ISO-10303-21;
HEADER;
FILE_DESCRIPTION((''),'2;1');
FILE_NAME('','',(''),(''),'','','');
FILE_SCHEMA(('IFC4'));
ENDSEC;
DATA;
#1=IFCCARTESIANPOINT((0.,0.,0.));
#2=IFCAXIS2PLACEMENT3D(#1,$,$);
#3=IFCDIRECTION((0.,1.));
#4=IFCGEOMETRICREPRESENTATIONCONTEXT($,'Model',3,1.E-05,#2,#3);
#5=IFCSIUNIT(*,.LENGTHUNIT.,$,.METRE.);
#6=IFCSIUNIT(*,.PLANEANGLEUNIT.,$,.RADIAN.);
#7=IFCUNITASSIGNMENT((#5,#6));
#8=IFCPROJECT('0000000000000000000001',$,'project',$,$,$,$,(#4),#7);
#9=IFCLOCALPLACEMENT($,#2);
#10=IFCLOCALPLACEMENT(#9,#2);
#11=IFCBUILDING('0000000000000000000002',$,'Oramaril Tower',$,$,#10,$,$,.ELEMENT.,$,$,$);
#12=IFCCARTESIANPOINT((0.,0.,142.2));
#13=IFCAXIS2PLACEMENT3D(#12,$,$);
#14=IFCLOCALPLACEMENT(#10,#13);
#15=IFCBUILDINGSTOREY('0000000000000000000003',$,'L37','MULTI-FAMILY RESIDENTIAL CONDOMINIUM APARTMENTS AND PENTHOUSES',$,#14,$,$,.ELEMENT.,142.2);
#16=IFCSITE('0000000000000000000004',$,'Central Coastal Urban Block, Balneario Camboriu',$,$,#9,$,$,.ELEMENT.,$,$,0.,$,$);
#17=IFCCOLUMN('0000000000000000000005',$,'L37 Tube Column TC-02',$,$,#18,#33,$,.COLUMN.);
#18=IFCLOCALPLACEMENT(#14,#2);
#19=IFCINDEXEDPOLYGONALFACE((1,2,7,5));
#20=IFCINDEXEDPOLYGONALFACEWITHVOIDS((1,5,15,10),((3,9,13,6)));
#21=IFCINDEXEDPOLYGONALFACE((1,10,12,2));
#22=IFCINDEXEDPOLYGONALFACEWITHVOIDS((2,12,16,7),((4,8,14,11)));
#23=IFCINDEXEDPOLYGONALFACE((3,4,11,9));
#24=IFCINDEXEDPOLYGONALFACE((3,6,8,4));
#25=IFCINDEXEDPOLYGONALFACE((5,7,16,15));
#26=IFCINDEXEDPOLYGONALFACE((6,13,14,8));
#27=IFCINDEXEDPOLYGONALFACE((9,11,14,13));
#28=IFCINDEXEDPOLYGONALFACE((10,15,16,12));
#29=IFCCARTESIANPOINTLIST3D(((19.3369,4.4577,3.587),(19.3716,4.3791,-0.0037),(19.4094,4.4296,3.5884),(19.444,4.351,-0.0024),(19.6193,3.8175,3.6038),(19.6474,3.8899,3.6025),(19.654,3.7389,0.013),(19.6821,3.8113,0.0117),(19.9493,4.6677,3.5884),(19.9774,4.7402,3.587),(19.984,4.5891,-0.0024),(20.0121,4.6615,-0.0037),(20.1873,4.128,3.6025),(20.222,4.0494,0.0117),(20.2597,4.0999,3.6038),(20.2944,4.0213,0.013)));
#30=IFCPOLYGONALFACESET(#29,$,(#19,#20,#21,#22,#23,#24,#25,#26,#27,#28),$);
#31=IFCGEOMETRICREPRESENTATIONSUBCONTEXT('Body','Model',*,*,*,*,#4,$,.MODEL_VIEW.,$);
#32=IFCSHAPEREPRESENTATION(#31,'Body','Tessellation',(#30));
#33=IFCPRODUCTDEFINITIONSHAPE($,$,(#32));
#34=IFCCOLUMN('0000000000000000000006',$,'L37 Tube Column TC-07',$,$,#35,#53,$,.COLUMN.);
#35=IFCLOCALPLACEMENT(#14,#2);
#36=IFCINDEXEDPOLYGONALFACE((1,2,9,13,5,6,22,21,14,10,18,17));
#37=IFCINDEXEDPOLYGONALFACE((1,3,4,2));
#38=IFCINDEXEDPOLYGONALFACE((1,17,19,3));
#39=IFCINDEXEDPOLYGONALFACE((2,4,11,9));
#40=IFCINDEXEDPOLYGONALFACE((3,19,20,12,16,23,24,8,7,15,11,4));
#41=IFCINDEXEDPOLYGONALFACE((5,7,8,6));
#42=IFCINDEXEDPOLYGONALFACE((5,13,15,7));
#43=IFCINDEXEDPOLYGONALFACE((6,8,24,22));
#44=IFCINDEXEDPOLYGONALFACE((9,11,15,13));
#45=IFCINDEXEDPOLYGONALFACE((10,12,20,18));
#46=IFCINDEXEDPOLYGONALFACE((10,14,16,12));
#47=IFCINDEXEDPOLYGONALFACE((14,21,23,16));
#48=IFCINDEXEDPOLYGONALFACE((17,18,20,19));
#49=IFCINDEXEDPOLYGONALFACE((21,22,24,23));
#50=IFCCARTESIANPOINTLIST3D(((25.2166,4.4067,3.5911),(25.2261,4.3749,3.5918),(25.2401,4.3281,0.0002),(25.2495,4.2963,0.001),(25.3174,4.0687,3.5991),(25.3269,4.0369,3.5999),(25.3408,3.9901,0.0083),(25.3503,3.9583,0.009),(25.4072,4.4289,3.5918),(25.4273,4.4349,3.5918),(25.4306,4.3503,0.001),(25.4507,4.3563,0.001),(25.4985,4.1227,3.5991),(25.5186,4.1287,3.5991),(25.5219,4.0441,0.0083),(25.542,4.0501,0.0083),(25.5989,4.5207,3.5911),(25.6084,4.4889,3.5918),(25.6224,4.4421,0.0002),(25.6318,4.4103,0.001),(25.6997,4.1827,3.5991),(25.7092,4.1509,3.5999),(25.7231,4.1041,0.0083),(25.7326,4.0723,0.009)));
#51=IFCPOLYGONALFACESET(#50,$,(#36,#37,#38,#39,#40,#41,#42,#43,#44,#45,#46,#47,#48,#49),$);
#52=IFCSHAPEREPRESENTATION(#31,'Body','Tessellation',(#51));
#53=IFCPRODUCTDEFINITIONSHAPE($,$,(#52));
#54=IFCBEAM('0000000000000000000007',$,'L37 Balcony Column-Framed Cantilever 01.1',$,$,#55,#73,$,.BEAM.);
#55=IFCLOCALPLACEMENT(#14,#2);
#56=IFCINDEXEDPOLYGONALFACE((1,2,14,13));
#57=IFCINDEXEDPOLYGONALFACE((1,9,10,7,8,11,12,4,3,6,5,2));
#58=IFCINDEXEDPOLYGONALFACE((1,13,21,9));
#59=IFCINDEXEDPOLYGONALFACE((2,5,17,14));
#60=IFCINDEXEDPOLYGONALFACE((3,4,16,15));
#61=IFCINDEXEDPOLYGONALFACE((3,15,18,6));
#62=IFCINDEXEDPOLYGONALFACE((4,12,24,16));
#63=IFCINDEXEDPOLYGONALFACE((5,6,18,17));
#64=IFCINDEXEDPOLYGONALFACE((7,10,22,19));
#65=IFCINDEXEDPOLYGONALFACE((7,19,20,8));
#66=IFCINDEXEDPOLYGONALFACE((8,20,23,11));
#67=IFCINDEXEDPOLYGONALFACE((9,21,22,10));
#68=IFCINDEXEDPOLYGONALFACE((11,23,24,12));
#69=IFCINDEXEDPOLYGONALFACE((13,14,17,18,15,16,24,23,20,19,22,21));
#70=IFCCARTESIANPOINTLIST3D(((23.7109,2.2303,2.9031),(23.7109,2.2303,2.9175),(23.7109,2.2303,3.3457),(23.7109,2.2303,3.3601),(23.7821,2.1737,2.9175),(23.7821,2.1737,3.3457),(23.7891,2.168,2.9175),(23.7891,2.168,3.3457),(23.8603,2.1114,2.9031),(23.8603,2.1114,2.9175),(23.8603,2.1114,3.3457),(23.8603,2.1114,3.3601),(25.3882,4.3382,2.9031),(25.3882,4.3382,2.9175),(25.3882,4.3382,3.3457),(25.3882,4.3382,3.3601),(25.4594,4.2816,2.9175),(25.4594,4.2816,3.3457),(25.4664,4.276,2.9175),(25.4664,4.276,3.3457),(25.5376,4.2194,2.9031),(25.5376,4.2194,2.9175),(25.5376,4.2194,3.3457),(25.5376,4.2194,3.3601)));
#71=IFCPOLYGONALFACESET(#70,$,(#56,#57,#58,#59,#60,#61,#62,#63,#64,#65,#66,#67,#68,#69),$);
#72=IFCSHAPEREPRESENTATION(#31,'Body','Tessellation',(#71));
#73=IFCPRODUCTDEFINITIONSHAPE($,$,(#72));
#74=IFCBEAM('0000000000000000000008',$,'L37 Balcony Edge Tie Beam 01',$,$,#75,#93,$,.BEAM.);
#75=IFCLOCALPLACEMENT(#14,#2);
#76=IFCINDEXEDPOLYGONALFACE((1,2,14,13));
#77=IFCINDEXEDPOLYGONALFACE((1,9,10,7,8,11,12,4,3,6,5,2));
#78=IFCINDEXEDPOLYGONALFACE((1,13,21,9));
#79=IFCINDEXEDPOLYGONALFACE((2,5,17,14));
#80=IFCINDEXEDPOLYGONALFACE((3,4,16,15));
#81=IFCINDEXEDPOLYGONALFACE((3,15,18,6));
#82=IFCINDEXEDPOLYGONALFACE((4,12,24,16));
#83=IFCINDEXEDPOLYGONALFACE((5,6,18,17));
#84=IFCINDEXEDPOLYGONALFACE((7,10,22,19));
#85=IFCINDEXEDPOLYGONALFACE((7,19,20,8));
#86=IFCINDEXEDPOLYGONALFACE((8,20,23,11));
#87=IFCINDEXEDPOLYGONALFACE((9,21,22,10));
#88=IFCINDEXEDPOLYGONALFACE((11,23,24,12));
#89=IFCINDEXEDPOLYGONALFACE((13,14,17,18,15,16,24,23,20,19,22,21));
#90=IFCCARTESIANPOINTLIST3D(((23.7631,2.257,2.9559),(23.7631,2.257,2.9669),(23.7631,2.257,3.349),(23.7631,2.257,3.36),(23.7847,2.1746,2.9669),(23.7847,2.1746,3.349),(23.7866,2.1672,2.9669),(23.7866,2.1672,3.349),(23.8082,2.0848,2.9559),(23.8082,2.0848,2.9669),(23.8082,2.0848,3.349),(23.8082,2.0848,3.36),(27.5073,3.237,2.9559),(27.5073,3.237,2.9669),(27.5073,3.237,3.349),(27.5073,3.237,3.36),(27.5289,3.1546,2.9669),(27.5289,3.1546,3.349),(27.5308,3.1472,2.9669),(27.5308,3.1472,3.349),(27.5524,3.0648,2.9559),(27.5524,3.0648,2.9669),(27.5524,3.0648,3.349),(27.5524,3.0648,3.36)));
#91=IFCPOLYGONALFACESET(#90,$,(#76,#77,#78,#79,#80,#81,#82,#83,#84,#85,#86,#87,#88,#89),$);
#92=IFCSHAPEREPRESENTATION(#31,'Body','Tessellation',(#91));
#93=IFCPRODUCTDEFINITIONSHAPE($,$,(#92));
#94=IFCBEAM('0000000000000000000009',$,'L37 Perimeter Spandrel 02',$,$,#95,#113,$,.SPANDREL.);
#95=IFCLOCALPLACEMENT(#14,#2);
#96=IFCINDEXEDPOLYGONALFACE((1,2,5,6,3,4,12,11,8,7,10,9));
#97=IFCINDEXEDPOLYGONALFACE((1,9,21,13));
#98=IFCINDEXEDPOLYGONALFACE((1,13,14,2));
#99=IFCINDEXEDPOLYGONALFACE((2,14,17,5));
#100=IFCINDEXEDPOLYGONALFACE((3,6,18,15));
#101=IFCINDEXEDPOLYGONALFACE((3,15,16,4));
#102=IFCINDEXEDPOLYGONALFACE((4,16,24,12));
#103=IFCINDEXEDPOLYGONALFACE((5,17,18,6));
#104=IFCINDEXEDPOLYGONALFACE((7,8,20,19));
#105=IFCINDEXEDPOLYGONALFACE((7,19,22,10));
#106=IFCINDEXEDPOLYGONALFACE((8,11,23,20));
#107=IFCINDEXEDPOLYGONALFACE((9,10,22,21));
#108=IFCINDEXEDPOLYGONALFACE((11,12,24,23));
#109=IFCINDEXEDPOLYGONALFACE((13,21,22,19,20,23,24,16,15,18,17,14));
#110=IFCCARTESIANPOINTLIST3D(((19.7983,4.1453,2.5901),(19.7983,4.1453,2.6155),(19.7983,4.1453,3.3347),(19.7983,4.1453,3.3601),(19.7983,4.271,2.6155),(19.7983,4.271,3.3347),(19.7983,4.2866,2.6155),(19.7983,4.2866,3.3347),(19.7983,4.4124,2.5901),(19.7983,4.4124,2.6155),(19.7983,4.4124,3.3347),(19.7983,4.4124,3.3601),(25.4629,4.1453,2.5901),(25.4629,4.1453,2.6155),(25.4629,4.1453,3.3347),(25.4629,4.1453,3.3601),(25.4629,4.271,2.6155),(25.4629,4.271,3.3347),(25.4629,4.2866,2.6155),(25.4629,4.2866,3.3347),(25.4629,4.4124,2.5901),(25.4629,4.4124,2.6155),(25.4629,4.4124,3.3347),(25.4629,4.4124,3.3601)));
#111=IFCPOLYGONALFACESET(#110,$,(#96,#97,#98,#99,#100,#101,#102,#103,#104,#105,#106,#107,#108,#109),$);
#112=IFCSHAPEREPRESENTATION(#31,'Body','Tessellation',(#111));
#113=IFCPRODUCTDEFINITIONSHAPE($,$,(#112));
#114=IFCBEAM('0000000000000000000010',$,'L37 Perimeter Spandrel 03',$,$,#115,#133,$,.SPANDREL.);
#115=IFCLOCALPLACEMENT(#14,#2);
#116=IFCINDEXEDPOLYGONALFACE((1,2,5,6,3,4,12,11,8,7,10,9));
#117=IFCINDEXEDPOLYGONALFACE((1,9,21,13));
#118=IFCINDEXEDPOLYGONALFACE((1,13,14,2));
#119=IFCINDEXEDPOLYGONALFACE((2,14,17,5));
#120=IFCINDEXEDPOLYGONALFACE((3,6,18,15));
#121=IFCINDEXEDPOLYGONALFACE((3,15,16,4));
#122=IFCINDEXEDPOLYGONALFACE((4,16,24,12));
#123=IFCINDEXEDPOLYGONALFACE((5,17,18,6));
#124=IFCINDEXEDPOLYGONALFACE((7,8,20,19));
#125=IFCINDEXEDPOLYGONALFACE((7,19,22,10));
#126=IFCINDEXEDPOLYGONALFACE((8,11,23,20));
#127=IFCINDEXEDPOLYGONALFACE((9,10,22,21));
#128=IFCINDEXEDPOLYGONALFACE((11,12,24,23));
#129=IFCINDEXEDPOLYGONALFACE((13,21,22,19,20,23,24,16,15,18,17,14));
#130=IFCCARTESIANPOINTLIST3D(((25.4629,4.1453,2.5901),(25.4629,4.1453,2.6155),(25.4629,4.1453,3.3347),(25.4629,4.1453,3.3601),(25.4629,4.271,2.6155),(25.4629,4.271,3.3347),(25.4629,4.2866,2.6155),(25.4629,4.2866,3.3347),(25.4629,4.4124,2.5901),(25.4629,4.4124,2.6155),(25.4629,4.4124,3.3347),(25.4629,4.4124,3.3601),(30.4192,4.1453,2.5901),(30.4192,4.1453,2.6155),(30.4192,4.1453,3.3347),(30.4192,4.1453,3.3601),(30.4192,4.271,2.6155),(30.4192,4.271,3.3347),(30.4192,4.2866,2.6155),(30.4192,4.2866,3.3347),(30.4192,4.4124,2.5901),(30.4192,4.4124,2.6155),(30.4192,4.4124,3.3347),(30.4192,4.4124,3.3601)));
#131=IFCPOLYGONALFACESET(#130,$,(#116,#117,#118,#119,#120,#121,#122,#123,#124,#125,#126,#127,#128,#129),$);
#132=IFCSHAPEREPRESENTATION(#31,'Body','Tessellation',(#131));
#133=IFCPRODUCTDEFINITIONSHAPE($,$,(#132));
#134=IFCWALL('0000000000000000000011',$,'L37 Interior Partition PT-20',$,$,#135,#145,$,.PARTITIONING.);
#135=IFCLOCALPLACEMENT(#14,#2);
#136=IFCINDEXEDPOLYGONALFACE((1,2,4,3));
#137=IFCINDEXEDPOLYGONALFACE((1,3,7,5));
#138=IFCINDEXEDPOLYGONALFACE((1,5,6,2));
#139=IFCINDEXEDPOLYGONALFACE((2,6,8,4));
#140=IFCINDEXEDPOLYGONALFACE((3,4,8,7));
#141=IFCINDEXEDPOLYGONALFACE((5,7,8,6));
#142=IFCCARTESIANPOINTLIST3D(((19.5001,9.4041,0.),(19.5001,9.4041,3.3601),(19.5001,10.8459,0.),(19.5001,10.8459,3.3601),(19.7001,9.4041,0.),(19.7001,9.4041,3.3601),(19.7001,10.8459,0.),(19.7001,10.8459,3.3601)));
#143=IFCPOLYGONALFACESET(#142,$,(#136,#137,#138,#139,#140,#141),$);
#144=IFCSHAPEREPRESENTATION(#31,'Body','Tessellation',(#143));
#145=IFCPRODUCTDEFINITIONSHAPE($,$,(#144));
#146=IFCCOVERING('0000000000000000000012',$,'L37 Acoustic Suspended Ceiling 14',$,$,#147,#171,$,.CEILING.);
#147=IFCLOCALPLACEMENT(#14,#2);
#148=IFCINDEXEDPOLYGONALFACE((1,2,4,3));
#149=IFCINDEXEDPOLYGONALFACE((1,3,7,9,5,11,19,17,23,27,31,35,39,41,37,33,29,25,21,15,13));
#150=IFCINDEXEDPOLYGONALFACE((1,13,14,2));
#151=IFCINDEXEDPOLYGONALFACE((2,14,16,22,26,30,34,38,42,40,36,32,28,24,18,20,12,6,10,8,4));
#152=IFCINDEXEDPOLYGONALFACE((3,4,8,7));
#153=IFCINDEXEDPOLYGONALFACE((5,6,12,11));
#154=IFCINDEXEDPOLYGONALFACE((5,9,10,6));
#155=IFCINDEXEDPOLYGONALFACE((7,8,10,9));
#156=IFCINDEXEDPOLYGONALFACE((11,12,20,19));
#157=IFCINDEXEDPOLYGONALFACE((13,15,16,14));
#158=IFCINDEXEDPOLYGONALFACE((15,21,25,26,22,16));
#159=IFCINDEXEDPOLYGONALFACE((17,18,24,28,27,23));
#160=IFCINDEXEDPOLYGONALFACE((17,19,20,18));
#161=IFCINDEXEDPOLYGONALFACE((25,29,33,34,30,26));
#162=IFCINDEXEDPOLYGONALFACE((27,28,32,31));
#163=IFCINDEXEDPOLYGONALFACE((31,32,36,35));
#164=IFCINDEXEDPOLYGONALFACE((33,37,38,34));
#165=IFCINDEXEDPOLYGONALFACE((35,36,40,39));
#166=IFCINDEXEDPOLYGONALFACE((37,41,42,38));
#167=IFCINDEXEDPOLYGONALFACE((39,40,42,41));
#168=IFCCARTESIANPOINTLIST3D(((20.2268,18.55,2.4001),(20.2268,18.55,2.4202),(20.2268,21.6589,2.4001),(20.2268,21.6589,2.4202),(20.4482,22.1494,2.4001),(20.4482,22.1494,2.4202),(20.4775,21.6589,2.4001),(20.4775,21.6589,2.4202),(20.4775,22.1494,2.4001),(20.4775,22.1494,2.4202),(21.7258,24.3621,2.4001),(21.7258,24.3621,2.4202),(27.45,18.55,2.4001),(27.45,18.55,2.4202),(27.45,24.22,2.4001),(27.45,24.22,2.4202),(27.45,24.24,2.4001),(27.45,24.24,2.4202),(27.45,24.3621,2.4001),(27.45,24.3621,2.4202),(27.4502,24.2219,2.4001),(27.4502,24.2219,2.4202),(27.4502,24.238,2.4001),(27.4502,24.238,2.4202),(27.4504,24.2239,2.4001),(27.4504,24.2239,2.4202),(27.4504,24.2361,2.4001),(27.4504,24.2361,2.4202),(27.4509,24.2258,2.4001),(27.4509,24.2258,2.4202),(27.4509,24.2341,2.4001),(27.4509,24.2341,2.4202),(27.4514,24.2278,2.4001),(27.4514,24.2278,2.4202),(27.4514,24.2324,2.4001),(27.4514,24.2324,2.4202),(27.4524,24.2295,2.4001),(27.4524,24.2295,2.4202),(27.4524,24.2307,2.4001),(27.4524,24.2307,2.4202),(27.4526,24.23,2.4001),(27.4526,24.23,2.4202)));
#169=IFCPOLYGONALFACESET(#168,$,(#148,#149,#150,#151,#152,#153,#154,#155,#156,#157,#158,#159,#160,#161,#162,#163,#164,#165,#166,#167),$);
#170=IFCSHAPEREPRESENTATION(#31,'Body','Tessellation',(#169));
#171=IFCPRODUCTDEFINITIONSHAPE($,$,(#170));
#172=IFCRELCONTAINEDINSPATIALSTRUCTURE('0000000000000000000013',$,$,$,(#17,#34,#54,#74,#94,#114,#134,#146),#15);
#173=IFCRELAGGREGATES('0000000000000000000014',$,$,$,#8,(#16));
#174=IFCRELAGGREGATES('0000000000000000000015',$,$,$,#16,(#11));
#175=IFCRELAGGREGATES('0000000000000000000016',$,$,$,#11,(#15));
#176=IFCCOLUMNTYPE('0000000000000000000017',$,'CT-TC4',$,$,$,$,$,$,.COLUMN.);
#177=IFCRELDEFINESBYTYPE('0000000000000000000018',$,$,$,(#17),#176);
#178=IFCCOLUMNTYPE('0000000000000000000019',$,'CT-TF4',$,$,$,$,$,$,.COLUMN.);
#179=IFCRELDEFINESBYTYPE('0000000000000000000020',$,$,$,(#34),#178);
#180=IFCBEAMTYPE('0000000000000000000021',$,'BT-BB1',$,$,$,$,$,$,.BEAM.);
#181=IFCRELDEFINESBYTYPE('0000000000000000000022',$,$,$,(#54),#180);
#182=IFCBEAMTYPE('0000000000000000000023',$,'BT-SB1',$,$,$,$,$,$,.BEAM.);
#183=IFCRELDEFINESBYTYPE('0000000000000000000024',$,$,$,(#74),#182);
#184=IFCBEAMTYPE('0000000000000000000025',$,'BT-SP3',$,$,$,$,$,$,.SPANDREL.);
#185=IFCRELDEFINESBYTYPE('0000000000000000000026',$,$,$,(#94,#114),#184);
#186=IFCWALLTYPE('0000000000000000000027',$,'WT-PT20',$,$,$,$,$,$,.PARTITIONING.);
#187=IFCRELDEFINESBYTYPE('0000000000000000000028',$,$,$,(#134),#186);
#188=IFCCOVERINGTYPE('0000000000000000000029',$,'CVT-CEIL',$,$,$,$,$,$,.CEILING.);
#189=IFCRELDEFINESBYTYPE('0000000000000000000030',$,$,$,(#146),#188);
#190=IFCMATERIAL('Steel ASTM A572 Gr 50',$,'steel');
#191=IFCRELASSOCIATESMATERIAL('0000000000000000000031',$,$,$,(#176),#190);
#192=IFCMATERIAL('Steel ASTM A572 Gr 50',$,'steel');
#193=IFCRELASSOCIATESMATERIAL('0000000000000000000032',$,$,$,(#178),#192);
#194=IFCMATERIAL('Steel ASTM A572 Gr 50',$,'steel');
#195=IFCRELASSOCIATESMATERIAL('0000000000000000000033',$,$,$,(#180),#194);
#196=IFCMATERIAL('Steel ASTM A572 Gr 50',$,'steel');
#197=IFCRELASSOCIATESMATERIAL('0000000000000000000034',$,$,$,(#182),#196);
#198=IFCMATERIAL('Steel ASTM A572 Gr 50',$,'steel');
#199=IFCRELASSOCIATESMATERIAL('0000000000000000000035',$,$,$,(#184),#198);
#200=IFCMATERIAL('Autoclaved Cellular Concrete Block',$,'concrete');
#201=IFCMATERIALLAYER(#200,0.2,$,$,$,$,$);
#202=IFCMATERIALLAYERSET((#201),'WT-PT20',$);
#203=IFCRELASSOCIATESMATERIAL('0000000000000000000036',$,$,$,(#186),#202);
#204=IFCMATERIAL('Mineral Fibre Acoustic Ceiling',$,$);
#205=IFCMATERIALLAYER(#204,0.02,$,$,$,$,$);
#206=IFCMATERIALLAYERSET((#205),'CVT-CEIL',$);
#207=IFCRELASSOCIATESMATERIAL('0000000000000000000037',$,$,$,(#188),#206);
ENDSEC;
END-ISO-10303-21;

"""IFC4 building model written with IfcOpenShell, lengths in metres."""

from ifc_helpers import new_model, si_unit, direction, frame, frame_2d, origin, origin_2d, place, context, subcontext, project, spatial, polyline, rectangle, hollow_rectangle, i_section, outline, extrude, material, layer, layer_set, material_profile, profile_set, type_object, element, save


model = new_model("IFC4")

# Units and contexts
model_context = context("Model", 3, precision=1e-05, world=origin(), true_north=direction((0.0, 1.0)))
body_context = subcontext(model_context, "Body", "Model", "MODEL_VIEW")
ifc_project = project(units=[si_unit("LENGTHUNIT", "METRE"), si_unit("PLANEANGLEUNIT", "RADIAN")], contexts=[model_context])

# Site, building, storey
site_placement = place(None, origin())
site = spatial("IfcSite", under=ifc_project, at=site_placement, Name="Central Coastal Urban Block, Balneario Camboriu", CompositionType="ELEMENT", RefElevation=0.0)
building_placement = place(site_placement, origin())
building = spatial("IfcBuilding", under=site, at=building_placement, Name="Oramaril Tower", CompositionType="ELEMENT")
storey_placement = place(building_placement, frame((0.0, 0.0, 142.2)))
storey = spatial("IfcBuildingStorey", under=building, at=storey_placement, Name="L37", Description="MULTI-FAMILY RESIDENTIAL CONDOMINIUM APARTMENTS AND PENTHOUSES", CompositionType="ELEMENT", Elevation=142.2)

# Columns
ifc_material_1 = material(Name="Steel ASTM A572 Gr 50", Category="steel")
ifc_material_profile_1 = material_profile(ifc_material_1, hollow_rectangle(XDim=0.7, YDim=0.7, WallThickness=0.0549, at=origin_2d()), Name="BOX700X700X55")
ifc_profile_set_1 = profile_set([ifc_material_profile_1], Name="Steel ASTM A572 Gr 50")
column_type_1 = type_object("IfcColumnType", Name="CT-TC4", PredefinedType="COLUMN", material=ifc_profile_set_1)
column_1_placement = place(storey_placement, frame((19.833, 4.2002, 0.0046), z_axis=(-0.009652, 0.021887, 0.999714), x_axis=(-0.91498, -0.4035, 0.0)))
element("IfcColumn", 1, at=column_1_placement, inside=storey, type_object=column_type_1, Name="L37 Tube Column TC-02", PredefinedType="COLUMN", context=body_context, shape_type="SweptSolid", body=[
    extrude(hollow_rectangle(XDim=0.7, YDim=0.7, WallThickness=0.0549, at=origin_2d()), origin(), (0.0, 0.0, 1.0), 3.5918),
])
ifc_material_2 = material(Name="Steel ASTM A572 Gr 50", Category="steel")
ifc_material_profile_2 = material_profile(ifc_material_2, i_section(OverallWidth=0.3989, OverallDepth=0.386, WebThickness=0.021, FlangeThickness=0.0332, at=origin_2d()), Name="W14X176")
ifc_profile_set_2 = profile_set([ifc_material_profile_2], Name="Steel ASTM A572 Gr 50")
column_type_2 = type_object("IfcColumnType", Name="CT-TF4", PredefinedType="COLUMN", material=ifc_profile_set_2)
column_2_placement = place(storey_placement, frame((25.4863, 4.2002, 0.0046), z_axis=(-0.006525, 0.021887, 0.999739), x_axis=(-0.958316, -0.285709, 0.0)))
element("IfcColumn", 2, at=column_2_placement, inside=storey, type_object=column_type_2, Name="L37 Tube Column TC-07", PredefinedType="COLUMN", context=body_context, shape_type="SweptSolid", body=[
    extrude(i_section(OverallWidth=0.3989, OverallDepth=0.386, WebThickness=0.021, FlangeThickness=0.0332, at=origin_2d()), origin(), (0.0, 0.0, 1.0), 3.5918),
])

# Beams
ifc_material_3 = material(Name="Steel ASTM A572 Gr 50", Category="steel")
ifc_material_profile_3 = material_profile(ifc_material_3, i_section(OverallWidth=0.1909, OverallDepth=0.457, WebThickness=0.009, FlangeThickness=0.0144, at=origin_2d()), Name="W18X50")
ifc_profile_set_3 = profile_set([ifc_material_profile_3], Name="Steel ASTM A572 Gr 50")
beam_type_1 = type_object("IfcBeamType", Name="BT-BB1", PredefinedType="BEAM", material=ifc_profile_set_3)
beam_1_placement = place(storey_placement, frame((25.4629, 4.2788, 3.1316), z_axis=(-0.622637, -0.782511, 0.0), x_axis=(0.782511, -0.622637, 0.0)))
element("IfcBeam", 3, at=beam_1_placement, inside=storey, type_object=beam_type_1, Name="L37 Balcony Column-Framed Cantilever 01.1", PredefinedType="BEAM", context=body_context, shape_type="SweptSolid", body=[
    extrude(i_section(OverallWidth=0.1909, OverallDepth=0.457, WebThickness=0.009, FlangeThickness=0.0144, at=origin_2d()), origin(), (0.0, 0.0, 1.0), 2.6938),
])
ifc_material_4 = material(Name="Steel ASTM A572 Gr 50", Category="steel")
ifc_material_profile_4 = material_profile(ifc_material_4, i_section(OverallWidth=0.178, OverallDepth=0.4041, WebThickness=0.0076, FlangeThickness=0.011, at=origin_2d()), Name="W16X36")
ifc_profile_set_4 = profile_set([ifc_material_profile_4], Name="Steel ASTM A572 Gr 50")
beam_type_2 = type_object("IfcBeamType", Name="BT-SB1", PredefinedType="BEAM", material=ifc_profile_set_4)
beam_2_placement = place(storey_placement, frame((23.7856, 2.1709, 3.158), z_axis=(0.967412, 0.253208, 0.0), x_axis=(-0.253208, 0.967412, 0.0)))
element("IfcBeam", 4, at=beam_2_placement, inside=storey, type_object=beam_type_2, Name="L37 Balcony Edge Tie Beam 01", PredefinedType="BEAM", context=body_context, shape_type="SweptSolid", body=[
    extrude(i_section(OverallWidth=0.178, OverallDepth=0.4041, WebThickness=0.0076, FlangeThickness=0.011, at=origin_2d()), origin(), (0.0, 0.0, 1.0), 3.8704),
])
ifc_material_5 = material(Name="Steel ASTM A572 Gr 50", Category="steel")
ifc_material_profile_5 = material_profile(ifc_material_5, i_section(OverallWidth=0.2671, OverallDepth=0.77, WebThickness=0.0156, FlangeThickness=0.0254, at=origin_2d()), Name="W30X132")
ifc_profile_set_5 = profile_set([ifc_material_profile_5], Name="Steel ASTM A572 Gr 50")
beam_type_3 = type_object("IfcBeamType", Name="BT-SP3", PredefinedType="SPANDREL", material=ifc_profile_set_5)
beam_3_placement = place(storey_placement, frame((19.7983, 4.2788, 2.9751), z_axis=(1.0, 0.0, 0.0), x_axis=(0.0, 1.0, 0.0)))
element("IfcBeam", 5, at=beam_3_placement, inside=storey, type_object=beam_type_3, Name="L37 Perimeter Spandrel 02", PredefinedType="SPANDREL", context=body_context, shape_type="SweptSolid", body=[
    extrude(i_section(OverallWidth=0.2671, OverallDepth=0.77, WebThickness=0.0156, FlangeThickness=0.0254, at=origin_2d()), origin(), (0.0, 0.0, 1.0), 5.6646),
])
beam_4_placement = place(storey_placement, frame((25.4629, 4.2788, 2.9751), z_axis=(1.0, 0.0, 0.0), x_axis=(0.0, 1.0, 0.0)))
element("IfcBeam", 6, at=beam_4_placement, inside=storey, type_object=beam_type_3, Name="L37 Perimeter Spandrel 03", PredefinedType="SPANDREL", context=body_context, shape_type="SweptSolid", body=[
    extrude(i_section(OverallWidth=0.2671, OverallDepth=0.77, WebThickness=0.0156, FlangeThickness=0.0254, at=origin_2d()), origin(), (0.0, 0.0, 1.0), 4.9563),
])

# Shared definitions
ifc_material_6 = material(Name="Autoclaved Cellular Concrete Block", Category="concrete")
ifc_layer_1 = layer(ifc_material_6, 0.2)
ifc_layer_set_1 = layer_set([ifc_layer_1], Name="WT-PT20")
wall_type_1 = type_object("IfcWallType", Name="WT-PT20", PredefinedType="PARTITIONING", material=ifc_layer_set_1)

# Wall
wall_1_placement = place(storey_placement, frame((19.6001, 9.4041, 0.0), z_axis=(0.0, 0.0, 1.0), x_axis=(0.0, 1.0, 0.0)))
element("IfcWall", 7, at=wall_1_placement, inside=storey, type_object=wall_type_1, Name="L37 Interior Partition PT-20", PredefinedType="PARTITIONING", context=body_context, shape_type="SweptSolid", body=[
    extrude(rectangle(XDim=1.4419, YDim=0.2, at=frame_2d((0.7209, 0.0))), origin(), (0.0, 0.0, 1.0), 3.3601),
])

# Covering
ifc_material_7 = material(Name="Mineral Fibre Acoustic Ceiling")
ifc_layer_2 = layer(ifc_material_7, 0.02)
ifc_layer_set_2 = layer_set([ifc_layer_2], Name="CVT-CEIL")
covering_type_1 = type_object("IfcCoveringType", Name="CVT-CEIL", PredefinedType="CEILING", material=ifc_layer_set_2)
covering_1_placement = place(storey_placement, frame((0.0, 0.0, 2.4001)))
element("IfcCovering", 8, at=covering_1_placement, inside=storey, type_object=covering_type_1, Name="L37 Acoustic Suspended Ceiling 14", PredefinedType="CEILING", context=body_context, shape_type="SweptSolid", body=[
    extrude(outline(polyline([(20.2268, 21.6589), (20.4775, 21.6589), (20.4775, 22.1494), (20.4482, 22.1494), (21.7258, 24.3621), (27.45, 24.3621), (27.45, 24.24), (27.4502, 24.238), (27.4504, 24.2361), (27.4509, 24.2341), (27.4514, 24.2324), (27.4524, 24.2307), (27.4526, 24.23), (27.4524, 24.2295), (27.4514, 24.2278), (27.4509, 24.2258), (27.4504, 24.2239), (27.4502, 24.2219), (27.45, 24.22), (27.45, 18.55), (20.2268, 18.55), (20.2268, 21.6589)])), origin(), (0.0, 0.0, 1.0), 0.02),
])

save(model, "model.ifc")
